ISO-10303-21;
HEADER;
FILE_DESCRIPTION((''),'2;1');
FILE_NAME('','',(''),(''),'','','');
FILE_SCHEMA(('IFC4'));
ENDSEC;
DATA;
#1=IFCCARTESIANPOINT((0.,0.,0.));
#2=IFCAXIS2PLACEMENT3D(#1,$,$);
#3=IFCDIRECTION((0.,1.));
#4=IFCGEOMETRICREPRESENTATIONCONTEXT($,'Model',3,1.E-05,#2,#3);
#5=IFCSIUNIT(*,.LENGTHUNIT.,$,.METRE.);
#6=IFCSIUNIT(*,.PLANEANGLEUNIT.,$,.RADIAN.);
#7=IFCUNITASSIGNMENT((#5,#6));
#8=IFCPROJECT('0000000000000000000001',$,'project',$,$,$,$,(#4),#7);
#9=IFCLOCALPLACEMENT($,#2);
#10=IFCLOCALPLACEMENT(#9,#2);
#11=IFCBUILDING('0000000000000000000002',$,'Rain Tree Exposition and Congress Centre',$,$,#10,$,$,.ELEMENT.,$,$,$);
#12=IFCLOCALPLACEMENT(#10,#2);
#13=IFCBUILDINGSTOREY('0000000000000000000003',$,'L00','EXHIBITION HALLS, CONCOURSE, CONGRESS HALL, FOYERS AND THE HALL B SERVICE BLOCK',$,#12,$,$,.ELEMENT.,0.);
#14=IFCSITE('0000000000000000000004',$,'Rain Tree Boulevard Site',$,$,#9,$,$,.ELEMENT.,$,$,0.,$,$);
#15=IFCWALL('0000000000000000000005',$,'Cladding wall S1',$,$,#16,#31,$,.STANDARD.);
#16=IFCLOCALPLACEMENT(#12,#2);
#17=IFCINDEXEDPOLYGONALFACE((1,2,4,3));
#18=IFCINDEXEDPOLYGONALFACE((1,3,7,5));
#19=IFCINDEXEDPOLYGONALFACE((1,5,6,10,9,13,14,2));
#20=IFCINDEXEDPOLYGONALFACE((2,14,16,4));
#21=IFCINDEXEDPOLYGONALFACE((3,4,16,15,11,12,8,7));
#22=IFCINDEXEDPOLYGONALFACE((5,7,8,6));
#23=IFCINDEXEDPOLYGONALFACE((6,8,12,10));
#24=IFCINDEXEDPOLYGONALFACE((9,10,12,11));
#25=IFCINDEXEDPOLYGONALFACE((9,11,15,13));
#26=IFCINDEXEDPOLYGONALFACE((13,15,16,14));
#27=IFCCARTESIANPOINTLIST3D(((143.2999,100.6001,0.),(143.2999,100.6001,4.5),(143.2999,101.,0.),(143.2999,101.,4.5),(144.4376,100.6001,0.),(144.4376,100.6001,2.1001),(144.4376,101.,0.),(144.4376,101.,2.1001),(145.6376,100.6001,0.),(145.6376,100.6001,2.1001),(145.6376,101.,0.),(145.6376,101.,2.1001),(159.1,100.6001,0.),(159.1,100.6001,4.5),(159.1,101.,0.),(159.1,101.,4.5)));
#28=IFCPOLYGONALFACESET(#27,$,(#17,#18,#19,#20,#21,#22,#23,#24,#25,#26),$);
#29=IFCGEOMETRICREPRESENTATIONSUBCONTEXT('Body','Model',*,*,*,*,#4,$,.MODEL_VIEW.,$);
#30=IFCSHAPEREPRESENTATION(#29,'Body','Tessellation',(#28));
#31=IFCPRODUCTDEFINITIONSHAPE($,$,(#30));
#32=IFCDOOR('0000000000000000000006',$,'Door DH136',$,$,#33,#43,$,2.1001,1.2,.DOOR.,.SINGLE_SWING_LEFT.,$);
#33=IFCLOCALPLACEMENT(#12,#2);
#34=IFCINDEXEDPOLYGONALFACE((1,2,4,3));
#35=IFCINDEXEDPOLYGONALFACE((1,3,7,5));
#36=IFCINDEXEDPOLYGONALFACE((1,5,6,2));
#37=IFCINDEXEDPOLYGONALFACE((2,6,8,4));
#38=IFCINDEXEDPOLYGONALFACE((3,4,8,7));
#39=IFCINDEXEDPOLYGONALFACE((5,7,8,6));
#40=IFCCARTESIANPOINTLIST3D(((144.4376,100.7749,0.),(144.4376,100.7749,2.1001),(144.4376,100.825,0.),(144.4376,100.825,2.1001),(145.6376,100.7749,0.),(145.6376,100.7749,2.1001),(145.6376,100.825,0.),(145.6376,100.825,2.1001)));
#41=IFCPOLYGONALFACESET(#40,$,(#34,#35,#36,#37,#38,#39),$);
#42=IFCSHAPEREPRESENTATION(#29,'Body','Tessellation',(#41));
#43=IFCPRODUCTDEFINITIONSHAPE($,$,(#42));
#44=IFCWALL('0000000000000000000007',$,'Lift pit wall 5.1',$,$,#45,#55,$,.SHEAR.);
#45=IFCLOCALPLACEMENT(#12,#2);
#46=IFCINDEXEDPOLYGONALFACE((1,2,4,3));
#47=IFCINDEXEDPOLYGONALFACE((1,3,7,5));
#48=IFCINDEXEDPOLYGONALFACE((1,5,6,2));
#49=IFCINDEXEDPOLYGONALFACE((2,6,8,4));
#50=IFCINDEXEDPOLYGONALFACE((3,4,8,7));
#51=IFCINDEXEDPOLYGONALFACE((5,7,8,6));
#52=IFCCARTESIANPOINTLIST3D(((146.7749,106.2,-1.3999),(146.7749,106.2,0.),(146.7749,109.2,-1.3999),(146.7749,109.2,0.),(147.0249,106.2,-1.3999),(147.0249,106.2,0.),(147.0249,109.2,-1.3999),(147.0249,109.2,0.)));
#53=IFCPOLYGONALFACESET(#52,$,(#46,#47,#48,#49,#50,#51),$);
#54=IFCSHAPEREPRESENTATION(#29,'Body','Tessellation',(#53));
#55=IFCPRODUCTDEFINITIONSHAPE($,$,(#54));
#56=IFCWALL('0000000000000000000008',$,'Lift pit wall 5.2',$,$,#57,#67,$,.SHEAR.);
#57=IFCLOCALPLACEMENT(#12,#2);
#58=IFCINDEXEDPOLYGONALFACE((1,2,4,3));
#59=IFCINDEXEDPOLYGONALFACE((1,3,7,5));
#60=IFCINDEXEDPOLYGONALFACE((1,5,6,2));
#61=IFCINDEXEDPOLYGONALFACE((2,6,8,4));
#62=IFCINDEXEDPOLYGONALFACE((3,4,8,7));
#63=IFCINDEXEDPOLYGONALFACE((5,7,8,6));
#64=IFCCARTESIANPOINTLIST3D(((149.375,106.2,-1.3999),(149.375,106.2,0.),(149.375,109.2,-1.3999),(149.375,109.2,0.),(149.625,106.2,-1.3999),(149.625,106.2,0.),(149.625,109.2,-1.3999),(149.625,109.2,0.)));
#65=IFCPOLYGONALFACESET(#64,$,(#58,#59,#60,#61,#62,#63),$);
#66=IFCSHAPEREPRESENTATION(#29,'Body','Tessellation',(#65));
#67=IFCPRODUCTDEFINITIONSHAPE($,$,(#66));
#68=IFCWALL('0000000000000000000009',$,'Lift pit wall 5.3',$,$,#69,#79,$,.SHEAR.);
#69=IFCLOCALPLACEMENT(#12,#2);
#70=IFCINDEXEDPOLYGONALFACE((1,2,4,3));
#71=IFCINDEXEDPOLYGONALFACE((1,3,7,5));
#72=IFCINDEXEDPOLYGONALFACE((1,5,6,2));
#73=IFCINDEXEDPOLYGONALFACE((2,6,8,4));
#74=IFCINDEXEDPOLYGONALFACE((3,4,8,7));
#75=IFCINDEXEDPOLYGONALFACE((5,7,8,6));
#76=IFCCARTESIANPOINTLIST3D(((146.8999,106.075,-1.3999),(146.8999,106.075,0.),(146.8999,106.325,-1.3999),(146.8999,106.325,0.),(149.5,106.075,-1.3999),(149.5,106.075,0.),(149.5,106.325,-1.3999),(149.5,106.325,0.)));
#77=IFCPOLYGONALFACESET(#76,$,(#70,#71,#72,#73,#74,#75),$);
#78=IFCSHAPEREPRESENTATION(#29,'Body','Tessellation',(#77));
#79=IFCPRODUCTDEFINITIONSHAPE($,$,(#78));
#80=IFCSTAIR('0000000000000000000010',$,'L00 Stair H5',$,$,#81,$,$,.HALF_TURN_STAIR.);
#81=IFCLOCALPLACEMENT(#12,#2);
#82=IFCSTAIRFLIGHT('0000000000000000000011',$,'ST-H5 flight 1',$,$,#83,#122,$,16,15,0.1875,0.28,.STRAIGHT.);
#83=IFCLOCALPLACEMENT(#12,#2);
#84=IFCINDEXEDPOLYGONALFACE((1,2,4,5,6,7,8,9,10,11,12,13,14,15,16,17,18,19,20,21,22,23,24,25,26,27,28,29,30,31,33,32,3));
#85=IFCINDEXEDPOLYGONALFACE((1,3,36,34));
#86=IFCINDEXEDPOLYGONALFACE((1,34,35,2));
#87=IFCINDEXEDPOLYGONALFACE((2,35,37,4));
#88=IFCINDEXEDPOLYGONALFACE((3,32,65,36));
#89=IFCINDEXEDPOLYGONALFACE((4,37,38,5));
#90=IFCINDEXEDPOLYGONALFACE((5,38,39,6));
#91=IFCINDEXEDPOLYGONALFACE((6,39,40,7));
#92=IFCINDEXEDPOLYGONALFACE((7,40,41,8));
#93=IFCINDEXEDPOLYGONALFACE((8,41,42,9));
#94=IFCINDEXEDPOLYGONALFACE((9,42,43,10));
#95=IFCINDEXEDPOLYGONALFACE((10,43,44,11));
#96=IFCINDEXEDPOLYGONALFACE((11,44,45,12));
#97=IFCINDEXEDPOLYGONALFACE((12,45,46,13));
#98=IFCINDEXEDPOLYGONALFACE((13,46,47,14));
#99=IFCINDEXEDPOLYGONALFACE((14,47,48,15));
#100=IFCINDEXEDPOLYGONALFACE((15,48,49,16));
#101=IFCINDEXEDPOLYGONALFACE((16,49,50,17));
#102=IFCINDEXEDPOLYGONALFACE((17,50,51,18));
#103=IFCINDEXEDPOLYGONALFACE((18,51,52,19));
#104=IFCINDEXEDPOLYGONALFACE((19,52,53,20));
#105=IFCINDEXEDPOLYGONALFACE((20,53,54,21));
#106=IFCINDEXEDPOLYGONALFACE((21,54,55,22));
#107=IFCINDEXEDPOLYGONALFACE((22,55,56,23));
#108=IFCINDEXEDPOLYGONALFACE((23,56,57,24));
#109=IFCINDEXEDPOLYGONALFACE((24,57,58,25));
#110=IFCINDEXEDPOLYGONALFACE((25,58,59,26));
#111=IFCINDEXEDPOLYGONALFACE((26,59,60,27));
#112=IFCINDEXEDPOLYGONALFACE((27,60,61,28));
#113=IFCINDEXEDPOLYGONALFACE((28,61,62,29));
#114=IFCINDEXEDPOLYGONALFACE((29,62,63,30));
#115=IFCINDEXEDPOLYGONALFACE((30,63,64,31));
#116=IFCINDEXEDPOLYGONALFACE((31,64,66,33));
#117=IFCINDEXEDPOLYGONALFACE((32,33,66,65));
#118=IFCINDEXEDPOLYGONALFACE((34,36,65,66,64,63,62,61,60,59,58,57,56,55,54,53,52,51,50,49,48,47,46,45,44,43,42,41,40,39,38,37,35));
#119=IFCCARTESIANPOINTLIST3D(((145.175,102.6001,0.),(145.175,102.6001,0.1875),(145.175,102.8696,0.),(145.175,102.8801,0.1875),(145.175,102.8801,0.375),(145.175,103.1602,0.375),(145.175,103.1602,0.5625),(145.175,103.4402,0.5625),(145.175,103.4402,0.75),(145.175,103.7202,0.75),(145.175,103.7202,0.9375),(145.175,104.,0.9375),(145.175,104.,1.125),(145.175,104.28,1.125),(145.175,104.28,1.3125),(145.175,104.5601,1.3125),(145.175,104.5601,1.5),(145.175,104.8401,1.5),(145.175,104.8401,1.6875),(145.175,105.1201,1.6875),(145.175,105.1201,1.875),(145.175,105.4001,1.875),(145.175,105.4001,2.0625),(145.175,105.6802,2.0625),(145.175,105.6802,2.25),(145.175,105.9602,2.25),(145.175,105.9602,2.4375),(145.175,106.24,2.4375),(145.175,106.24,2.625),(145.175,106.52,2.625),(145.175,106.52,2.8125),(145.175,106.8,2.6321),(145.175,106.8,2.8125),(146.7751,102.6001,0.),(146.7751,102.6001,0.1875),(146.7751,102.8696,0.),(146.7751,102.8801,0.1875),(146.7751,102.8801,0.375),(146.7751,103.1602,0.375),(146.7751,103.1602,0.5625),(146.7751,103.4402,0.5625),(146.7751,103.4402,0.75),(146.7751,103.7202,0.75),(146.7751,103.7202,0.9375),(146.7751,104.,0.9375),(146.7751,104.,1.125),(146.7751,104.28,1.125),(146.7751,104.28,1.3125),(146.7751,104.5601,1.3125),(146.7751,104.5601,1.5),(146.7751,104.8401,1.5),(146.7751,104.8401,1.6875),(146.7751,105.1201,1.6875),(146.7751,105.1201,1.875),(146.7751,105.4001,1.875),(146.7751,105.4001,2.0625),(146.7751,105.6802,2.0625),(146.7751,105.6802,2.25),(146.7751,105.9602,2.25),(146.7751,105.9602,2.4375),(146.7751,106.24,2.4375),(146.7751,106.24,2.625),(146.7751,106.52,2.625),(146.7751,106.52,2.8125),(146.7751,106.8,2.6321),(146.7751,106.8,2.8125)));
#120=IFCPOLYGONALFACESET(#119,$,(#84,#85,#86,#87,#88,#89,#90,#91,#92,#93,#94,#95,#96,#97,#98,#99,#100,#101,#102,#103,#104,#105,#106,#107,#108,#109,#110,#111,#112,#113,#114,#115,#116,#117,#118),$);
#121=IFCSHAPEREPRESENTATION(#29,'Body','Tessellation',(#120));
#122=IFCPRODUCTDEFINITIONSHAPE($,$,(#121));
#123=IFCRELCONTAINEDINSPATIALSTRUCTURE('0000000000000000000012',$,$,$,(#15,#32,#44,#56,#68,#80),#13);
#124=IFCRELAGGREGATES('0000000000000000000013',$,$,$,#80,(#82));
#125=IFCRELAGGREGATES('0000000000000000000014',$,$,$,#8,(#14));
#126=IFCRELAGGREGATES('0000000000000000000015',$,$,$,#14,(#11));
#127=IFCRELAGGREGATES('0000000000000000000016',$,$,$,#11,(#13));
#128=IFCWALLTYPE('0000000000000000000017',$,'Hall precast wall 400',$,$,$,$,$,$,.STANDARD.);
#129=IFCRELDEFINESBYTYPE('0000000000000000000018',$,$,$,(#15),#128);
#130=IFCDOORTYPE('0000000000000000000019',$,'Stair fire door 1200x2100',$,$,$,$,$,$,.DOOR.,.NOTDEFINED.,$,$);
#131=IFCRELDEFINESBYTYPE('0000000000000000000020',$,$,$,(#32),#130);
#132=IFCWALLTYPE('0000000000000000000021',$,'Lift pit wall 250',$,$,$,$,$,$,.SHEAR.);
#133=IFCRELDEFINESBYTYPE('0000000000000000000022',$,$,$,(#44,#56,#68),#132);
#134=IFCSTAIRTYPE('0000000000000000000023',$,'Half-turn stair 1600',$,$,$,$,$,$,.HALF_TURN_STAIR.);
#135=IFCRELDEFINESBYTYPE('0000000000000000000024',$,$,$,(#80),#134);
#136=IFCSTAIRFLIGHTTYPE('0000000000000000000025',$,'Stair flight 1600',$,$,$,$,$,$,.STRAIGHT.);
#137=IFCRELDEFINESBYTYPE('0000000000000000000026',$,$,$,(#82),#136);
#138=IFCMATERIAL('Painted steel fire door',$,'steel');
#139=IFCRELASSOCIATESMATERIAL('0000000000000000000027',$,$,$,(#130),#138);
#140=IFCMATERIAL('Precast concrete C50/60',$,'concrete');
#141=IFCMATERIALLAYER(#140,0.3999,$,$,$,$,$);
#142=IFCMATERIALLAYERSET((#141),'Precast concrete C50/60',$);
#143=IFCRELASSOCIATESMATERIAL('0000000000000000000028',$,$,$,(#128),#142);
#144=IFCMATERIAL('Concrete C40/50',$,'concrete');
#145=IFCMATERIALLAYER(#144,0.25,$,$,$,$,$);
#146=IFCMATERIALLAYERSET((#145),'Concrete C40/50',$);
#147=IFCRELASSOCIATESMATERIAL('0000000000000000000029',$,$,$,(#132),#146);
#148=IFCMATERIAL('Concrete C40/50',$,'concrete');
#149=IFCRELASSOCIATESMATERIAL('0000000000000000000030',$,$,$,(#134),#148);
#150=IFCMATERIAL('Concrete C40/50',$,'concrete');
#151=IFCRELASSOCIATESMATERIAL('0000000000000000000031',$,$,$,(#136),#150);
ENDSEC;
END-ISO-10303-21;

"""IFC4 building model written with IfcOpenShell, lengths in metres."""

from ifc_helpers import new_model, si_unit, direction, frame, frame_2d, origin, place, context, subcontext, project, spatial, polyline, rectangle, outline, extrude, material, layer, layer_set, type_object, element, fill, aggregate, save


model = new_model("IFC4")

# Units and contexts
model_context = context("Model", 3, precision=1e-05, world=origin(), true_north=direction((0.0, 1.0)))
body_context = subcontext(model_context, "Body", "Model", "MODEL_VIEW")
ifc_project = project(units=[si_unit("LENGTHUNIT", "METRE"), si_unit("PLANEANGLEUNIT", "RADIAN")], contexts=[model_context])

# Site, building, storey
site_placement = place(None, origin())
site = spatial("IfcSite", under=ifc_project, at=site_placement, Name="Rain Tree Boulevard Site", CompositionType="ELEMENT", RefElevation=0.0)
building_placement = place(site_placement, origin())
building = spatial("IfcBuilding", under=site, at=building_placement, Name="Rain Tree Exposition and Congress Centre", CompositionType="ELEMENT")
storey_placement = place(building_placement, origin())
storey = spatial("IfcBuildingStorey", under=building, at=storey_placement, Name="L00", Description="EXHIBITION HALLS, CONCOURSE, CONGRESS HALL, FOYERS AND THE HALL B SERVICE BLOCK", CompositionType="ELEMENT", Elevation=0.0)

# Shared definitions
ifc_material_1 = material(Name="Painted steel fire door", Category="steel")
door_type_1 = type_object("IfcDoorType", Name="Stair fire door 1200x2100", OperationType="NOTDEFINED", PredefinedType="DOOR", material=ifc_material_1)

# Wall, opening, door
ifc_material_2 = material(Name="Precast concrete C50/60", Category="concrete")
ifc_layer_1 = layer(ifc_material_2, 0.3999)
ifc_layer_set_1 = layer_set([ifc_layer_1], Name="Precast concrete C50/60")
wall_type_1 = type_object("IfcWallType", Name="Hall precast wall 400", PredefinedType="STANDARD", material=ifc_layer_set_1)
wall_1_placement = place(storey_placement, frame((143.3, 100.8, 0.0), z_axis=(0.0, 0.0, 1.0), x_axis=(1.0, 0.0, 0.0)))
wall_1 = element("IfcWall", 1, at=wall_1_placement, inside=storey, type_object=wall_type_1, Name="Cladding wall S1", PredefinedType="STANDARD", context=body_context, shape_type="SweptSolid", body=[
    extrude(rectangle(XDim=15.8, YDim=0.3999, at=frame_2d((7.8999, 0.0))), origin(), (0.0, 0.0, 1.0), 4.5),
])
opening_1_placement = place(wall_1_placement, frame((1.1375, 0.0, 0.0)))
opening_1 = element("IfcOpeningElement", 2, at=opening_1_placement, cuts=wall_1, PredefinedType="OPENING", context=body_context, shape_type="SweptSolid", body=[
    extrude(rectangle(XDim=1.2, YDim=2.1001, at=frame_2d((0.6001, 1.05))), frame((0.0, 0.2, 0.0), z_axis=(0.0, -1.0, 0.0), x_axis=(1.0, 0.0, 0.0)), (0.0, 0.0, 1.0), 0.3999),
])
door_1_placement = place(opening_1_placement, origin())
door_1 = element("IfcDoor", 3, at=door_1_placement, inside=storey, type_object=door_type_1, Name="Door DH136", OperationType="SINGLE_SWING_LEFT", OverallHeight=2.1001, OverallWidth=1.2, PredefinedType="DOOR", context=body_context, shape_type="SweptSolid", body=[
    extrude(rectangle(XDim=1.2, YDim=2.1001, at=frame_2d((0.6001, 1.05))), frame((0.0, 0.0249, 0.0), z_axis=(0.0, -1.0, 0.0), x_axis=(1.0, 0.0, 0.0)), (0.0, 0.0, 1.0), 0.05),
])
fill(opening_1, door_1)

# Walls
ifc_material_3 = material(Name="Concrete C40/50", Category="concrete")
ifc_layer_2 = layer(ifc_material_3, 0.25)
ifc_layer_set_2 = layer_set([ifc_layer_2], Name="Concrete C40/50")
wall_type_2 = type_object("IfcWallType", Name="Lift pit wall 250", PredefinedType="SHEAR", material=ifc_layer_set_2)
for number, where, z_axis, x_axis, name in (
    (4, (146.8999, 106.2, -1.3999), (0.0, 0.0, 1.0), (0.0, 1.0, 0.0), "Lift pit wall 5.1"),
    (5, (149.5, 106.2, -1.3999), (0.0, 0.0, 1.0), (0.0, 1.0, 0.0), "Lift pit wall 5.2"),
):
    element("IfcWall", number, at=place(storey_placement, frame(where, z_axis=z_axis, x_axis=x_axis)), inside=storey, type_object=wall_type_2, Name=name, PredefinedType="SHEAR", context=body_context, shape_type="SweptSolid", body=[
        extrude(rectangle(XDim=3.0, YDim=0.25, at=frame_2d((1.5, 0.0))), origin(), (0.0, 0.0, 1.0), 1.3999),
    ])
wall_2_placement = place(storey_placement, frame((146.8999, 106.2, -1.3999), z_axis=(0.0, 0.0, 1.0), x_axis=(1.0, 0.0, 0.0)))
element("IfcWall", 6, at=wall_2_placement, inside=storey, type_object=wall_type_2, Name="Lift pit wall 5.3", PredefinedType="SHEAR", context=body_context, shape_type="SweptSolid", body=[
    extrude(rectangle(XDim=2.6001, YDim=0.25, at=frame_2d((1.3, 0.0))), origin(), (0.0, 0.0, 1.0), 1.3999),
])

# Stair, stair flight
ifc_material_4 = material(Name="Concrete C40/50", Category="concrete")
stair_type = type_object("IfcStairType", Name="Half-turn stair 1600", PredefinedType="HALF_TURN_STAIR", material=ifc_material_4)
stair_placement = place(storey_placement, origin())
stair = element("IfcStair", 7, at=stair_placement, inside=storey, type_object=stair_type, Name="L00 Stair H5", PredefinedType="HALF_TURN_STAIR")
ifc_material_5 = material(Name="Concrete C40/50", Category="concrete")
stair_flight_type = type_object("IfcStairFlightType", Name="Stair flight 1600", PredefinedType="STRAIGHT", material=ifc_material_5)
stair_flight_placement = place(storey_placement, frame((145.9751, 102.6001, 0.0), z_axis=(0.0, 0.0, 1.0), x_axis=(0.0, 1.0, 0.0)))
stair_flight = element("IfcStairFlight", 8, at=stair_flight_placement, type_object=stair_flight_type, Name="ST-H5 flight 1", NumberOfRisers=16, NumberOfTreads=15, PredefinedType="STRAIGHT", RiserHeight=0.1875, TreadLength=0.28, context=body_context, shape_type="SweptSolid", body=[
    extrude(outline(polyline([(0.0, 0.0), (0.0, 0.1875), (0.28, 0.1875), (0.28, 0.375), (0.5601, 0.375), (0.5601, 0.5625), (0.8401, 0.5625), (0.8401, 0.75), (1.1201, 0.75), (1.1201, 0.9375), (1.3999, 0.9375), (1.3999, 1.125), (1.6799, 1.125), (1.6799, 1.3125), (1.96, 1.3125), (1.96, 1.5), (2.24, 1.5), (2.24, 1.6875), (2.52, 1.6875), (2.52, 1.875), (2.8, 1.875), (2.8, 2.0625), (3.0801, 2.0625), (3.0801, 2.25), (3.3601, 2.25), (3.3601, 2.4375), (3.6399, 2.4375), (3.6399, 2.625), (3.9199, 2.625), (3.9199, 2.8125), (4.2, 2.8125), (4.2, 3.0), (4.2, 2.6321), (0.2695, 0.0), (0.0, 0.0)])), frame((0.0, 0.8, 0.0), z_axis=(0.0, -1.0, 0.0), x_axis=(1.0, 0.0, 0.0)), (0.0, 0.0, 1.0), 1.6001),
])
aggregate(stair, [stair_flight])

save(model, "model.ifc")
